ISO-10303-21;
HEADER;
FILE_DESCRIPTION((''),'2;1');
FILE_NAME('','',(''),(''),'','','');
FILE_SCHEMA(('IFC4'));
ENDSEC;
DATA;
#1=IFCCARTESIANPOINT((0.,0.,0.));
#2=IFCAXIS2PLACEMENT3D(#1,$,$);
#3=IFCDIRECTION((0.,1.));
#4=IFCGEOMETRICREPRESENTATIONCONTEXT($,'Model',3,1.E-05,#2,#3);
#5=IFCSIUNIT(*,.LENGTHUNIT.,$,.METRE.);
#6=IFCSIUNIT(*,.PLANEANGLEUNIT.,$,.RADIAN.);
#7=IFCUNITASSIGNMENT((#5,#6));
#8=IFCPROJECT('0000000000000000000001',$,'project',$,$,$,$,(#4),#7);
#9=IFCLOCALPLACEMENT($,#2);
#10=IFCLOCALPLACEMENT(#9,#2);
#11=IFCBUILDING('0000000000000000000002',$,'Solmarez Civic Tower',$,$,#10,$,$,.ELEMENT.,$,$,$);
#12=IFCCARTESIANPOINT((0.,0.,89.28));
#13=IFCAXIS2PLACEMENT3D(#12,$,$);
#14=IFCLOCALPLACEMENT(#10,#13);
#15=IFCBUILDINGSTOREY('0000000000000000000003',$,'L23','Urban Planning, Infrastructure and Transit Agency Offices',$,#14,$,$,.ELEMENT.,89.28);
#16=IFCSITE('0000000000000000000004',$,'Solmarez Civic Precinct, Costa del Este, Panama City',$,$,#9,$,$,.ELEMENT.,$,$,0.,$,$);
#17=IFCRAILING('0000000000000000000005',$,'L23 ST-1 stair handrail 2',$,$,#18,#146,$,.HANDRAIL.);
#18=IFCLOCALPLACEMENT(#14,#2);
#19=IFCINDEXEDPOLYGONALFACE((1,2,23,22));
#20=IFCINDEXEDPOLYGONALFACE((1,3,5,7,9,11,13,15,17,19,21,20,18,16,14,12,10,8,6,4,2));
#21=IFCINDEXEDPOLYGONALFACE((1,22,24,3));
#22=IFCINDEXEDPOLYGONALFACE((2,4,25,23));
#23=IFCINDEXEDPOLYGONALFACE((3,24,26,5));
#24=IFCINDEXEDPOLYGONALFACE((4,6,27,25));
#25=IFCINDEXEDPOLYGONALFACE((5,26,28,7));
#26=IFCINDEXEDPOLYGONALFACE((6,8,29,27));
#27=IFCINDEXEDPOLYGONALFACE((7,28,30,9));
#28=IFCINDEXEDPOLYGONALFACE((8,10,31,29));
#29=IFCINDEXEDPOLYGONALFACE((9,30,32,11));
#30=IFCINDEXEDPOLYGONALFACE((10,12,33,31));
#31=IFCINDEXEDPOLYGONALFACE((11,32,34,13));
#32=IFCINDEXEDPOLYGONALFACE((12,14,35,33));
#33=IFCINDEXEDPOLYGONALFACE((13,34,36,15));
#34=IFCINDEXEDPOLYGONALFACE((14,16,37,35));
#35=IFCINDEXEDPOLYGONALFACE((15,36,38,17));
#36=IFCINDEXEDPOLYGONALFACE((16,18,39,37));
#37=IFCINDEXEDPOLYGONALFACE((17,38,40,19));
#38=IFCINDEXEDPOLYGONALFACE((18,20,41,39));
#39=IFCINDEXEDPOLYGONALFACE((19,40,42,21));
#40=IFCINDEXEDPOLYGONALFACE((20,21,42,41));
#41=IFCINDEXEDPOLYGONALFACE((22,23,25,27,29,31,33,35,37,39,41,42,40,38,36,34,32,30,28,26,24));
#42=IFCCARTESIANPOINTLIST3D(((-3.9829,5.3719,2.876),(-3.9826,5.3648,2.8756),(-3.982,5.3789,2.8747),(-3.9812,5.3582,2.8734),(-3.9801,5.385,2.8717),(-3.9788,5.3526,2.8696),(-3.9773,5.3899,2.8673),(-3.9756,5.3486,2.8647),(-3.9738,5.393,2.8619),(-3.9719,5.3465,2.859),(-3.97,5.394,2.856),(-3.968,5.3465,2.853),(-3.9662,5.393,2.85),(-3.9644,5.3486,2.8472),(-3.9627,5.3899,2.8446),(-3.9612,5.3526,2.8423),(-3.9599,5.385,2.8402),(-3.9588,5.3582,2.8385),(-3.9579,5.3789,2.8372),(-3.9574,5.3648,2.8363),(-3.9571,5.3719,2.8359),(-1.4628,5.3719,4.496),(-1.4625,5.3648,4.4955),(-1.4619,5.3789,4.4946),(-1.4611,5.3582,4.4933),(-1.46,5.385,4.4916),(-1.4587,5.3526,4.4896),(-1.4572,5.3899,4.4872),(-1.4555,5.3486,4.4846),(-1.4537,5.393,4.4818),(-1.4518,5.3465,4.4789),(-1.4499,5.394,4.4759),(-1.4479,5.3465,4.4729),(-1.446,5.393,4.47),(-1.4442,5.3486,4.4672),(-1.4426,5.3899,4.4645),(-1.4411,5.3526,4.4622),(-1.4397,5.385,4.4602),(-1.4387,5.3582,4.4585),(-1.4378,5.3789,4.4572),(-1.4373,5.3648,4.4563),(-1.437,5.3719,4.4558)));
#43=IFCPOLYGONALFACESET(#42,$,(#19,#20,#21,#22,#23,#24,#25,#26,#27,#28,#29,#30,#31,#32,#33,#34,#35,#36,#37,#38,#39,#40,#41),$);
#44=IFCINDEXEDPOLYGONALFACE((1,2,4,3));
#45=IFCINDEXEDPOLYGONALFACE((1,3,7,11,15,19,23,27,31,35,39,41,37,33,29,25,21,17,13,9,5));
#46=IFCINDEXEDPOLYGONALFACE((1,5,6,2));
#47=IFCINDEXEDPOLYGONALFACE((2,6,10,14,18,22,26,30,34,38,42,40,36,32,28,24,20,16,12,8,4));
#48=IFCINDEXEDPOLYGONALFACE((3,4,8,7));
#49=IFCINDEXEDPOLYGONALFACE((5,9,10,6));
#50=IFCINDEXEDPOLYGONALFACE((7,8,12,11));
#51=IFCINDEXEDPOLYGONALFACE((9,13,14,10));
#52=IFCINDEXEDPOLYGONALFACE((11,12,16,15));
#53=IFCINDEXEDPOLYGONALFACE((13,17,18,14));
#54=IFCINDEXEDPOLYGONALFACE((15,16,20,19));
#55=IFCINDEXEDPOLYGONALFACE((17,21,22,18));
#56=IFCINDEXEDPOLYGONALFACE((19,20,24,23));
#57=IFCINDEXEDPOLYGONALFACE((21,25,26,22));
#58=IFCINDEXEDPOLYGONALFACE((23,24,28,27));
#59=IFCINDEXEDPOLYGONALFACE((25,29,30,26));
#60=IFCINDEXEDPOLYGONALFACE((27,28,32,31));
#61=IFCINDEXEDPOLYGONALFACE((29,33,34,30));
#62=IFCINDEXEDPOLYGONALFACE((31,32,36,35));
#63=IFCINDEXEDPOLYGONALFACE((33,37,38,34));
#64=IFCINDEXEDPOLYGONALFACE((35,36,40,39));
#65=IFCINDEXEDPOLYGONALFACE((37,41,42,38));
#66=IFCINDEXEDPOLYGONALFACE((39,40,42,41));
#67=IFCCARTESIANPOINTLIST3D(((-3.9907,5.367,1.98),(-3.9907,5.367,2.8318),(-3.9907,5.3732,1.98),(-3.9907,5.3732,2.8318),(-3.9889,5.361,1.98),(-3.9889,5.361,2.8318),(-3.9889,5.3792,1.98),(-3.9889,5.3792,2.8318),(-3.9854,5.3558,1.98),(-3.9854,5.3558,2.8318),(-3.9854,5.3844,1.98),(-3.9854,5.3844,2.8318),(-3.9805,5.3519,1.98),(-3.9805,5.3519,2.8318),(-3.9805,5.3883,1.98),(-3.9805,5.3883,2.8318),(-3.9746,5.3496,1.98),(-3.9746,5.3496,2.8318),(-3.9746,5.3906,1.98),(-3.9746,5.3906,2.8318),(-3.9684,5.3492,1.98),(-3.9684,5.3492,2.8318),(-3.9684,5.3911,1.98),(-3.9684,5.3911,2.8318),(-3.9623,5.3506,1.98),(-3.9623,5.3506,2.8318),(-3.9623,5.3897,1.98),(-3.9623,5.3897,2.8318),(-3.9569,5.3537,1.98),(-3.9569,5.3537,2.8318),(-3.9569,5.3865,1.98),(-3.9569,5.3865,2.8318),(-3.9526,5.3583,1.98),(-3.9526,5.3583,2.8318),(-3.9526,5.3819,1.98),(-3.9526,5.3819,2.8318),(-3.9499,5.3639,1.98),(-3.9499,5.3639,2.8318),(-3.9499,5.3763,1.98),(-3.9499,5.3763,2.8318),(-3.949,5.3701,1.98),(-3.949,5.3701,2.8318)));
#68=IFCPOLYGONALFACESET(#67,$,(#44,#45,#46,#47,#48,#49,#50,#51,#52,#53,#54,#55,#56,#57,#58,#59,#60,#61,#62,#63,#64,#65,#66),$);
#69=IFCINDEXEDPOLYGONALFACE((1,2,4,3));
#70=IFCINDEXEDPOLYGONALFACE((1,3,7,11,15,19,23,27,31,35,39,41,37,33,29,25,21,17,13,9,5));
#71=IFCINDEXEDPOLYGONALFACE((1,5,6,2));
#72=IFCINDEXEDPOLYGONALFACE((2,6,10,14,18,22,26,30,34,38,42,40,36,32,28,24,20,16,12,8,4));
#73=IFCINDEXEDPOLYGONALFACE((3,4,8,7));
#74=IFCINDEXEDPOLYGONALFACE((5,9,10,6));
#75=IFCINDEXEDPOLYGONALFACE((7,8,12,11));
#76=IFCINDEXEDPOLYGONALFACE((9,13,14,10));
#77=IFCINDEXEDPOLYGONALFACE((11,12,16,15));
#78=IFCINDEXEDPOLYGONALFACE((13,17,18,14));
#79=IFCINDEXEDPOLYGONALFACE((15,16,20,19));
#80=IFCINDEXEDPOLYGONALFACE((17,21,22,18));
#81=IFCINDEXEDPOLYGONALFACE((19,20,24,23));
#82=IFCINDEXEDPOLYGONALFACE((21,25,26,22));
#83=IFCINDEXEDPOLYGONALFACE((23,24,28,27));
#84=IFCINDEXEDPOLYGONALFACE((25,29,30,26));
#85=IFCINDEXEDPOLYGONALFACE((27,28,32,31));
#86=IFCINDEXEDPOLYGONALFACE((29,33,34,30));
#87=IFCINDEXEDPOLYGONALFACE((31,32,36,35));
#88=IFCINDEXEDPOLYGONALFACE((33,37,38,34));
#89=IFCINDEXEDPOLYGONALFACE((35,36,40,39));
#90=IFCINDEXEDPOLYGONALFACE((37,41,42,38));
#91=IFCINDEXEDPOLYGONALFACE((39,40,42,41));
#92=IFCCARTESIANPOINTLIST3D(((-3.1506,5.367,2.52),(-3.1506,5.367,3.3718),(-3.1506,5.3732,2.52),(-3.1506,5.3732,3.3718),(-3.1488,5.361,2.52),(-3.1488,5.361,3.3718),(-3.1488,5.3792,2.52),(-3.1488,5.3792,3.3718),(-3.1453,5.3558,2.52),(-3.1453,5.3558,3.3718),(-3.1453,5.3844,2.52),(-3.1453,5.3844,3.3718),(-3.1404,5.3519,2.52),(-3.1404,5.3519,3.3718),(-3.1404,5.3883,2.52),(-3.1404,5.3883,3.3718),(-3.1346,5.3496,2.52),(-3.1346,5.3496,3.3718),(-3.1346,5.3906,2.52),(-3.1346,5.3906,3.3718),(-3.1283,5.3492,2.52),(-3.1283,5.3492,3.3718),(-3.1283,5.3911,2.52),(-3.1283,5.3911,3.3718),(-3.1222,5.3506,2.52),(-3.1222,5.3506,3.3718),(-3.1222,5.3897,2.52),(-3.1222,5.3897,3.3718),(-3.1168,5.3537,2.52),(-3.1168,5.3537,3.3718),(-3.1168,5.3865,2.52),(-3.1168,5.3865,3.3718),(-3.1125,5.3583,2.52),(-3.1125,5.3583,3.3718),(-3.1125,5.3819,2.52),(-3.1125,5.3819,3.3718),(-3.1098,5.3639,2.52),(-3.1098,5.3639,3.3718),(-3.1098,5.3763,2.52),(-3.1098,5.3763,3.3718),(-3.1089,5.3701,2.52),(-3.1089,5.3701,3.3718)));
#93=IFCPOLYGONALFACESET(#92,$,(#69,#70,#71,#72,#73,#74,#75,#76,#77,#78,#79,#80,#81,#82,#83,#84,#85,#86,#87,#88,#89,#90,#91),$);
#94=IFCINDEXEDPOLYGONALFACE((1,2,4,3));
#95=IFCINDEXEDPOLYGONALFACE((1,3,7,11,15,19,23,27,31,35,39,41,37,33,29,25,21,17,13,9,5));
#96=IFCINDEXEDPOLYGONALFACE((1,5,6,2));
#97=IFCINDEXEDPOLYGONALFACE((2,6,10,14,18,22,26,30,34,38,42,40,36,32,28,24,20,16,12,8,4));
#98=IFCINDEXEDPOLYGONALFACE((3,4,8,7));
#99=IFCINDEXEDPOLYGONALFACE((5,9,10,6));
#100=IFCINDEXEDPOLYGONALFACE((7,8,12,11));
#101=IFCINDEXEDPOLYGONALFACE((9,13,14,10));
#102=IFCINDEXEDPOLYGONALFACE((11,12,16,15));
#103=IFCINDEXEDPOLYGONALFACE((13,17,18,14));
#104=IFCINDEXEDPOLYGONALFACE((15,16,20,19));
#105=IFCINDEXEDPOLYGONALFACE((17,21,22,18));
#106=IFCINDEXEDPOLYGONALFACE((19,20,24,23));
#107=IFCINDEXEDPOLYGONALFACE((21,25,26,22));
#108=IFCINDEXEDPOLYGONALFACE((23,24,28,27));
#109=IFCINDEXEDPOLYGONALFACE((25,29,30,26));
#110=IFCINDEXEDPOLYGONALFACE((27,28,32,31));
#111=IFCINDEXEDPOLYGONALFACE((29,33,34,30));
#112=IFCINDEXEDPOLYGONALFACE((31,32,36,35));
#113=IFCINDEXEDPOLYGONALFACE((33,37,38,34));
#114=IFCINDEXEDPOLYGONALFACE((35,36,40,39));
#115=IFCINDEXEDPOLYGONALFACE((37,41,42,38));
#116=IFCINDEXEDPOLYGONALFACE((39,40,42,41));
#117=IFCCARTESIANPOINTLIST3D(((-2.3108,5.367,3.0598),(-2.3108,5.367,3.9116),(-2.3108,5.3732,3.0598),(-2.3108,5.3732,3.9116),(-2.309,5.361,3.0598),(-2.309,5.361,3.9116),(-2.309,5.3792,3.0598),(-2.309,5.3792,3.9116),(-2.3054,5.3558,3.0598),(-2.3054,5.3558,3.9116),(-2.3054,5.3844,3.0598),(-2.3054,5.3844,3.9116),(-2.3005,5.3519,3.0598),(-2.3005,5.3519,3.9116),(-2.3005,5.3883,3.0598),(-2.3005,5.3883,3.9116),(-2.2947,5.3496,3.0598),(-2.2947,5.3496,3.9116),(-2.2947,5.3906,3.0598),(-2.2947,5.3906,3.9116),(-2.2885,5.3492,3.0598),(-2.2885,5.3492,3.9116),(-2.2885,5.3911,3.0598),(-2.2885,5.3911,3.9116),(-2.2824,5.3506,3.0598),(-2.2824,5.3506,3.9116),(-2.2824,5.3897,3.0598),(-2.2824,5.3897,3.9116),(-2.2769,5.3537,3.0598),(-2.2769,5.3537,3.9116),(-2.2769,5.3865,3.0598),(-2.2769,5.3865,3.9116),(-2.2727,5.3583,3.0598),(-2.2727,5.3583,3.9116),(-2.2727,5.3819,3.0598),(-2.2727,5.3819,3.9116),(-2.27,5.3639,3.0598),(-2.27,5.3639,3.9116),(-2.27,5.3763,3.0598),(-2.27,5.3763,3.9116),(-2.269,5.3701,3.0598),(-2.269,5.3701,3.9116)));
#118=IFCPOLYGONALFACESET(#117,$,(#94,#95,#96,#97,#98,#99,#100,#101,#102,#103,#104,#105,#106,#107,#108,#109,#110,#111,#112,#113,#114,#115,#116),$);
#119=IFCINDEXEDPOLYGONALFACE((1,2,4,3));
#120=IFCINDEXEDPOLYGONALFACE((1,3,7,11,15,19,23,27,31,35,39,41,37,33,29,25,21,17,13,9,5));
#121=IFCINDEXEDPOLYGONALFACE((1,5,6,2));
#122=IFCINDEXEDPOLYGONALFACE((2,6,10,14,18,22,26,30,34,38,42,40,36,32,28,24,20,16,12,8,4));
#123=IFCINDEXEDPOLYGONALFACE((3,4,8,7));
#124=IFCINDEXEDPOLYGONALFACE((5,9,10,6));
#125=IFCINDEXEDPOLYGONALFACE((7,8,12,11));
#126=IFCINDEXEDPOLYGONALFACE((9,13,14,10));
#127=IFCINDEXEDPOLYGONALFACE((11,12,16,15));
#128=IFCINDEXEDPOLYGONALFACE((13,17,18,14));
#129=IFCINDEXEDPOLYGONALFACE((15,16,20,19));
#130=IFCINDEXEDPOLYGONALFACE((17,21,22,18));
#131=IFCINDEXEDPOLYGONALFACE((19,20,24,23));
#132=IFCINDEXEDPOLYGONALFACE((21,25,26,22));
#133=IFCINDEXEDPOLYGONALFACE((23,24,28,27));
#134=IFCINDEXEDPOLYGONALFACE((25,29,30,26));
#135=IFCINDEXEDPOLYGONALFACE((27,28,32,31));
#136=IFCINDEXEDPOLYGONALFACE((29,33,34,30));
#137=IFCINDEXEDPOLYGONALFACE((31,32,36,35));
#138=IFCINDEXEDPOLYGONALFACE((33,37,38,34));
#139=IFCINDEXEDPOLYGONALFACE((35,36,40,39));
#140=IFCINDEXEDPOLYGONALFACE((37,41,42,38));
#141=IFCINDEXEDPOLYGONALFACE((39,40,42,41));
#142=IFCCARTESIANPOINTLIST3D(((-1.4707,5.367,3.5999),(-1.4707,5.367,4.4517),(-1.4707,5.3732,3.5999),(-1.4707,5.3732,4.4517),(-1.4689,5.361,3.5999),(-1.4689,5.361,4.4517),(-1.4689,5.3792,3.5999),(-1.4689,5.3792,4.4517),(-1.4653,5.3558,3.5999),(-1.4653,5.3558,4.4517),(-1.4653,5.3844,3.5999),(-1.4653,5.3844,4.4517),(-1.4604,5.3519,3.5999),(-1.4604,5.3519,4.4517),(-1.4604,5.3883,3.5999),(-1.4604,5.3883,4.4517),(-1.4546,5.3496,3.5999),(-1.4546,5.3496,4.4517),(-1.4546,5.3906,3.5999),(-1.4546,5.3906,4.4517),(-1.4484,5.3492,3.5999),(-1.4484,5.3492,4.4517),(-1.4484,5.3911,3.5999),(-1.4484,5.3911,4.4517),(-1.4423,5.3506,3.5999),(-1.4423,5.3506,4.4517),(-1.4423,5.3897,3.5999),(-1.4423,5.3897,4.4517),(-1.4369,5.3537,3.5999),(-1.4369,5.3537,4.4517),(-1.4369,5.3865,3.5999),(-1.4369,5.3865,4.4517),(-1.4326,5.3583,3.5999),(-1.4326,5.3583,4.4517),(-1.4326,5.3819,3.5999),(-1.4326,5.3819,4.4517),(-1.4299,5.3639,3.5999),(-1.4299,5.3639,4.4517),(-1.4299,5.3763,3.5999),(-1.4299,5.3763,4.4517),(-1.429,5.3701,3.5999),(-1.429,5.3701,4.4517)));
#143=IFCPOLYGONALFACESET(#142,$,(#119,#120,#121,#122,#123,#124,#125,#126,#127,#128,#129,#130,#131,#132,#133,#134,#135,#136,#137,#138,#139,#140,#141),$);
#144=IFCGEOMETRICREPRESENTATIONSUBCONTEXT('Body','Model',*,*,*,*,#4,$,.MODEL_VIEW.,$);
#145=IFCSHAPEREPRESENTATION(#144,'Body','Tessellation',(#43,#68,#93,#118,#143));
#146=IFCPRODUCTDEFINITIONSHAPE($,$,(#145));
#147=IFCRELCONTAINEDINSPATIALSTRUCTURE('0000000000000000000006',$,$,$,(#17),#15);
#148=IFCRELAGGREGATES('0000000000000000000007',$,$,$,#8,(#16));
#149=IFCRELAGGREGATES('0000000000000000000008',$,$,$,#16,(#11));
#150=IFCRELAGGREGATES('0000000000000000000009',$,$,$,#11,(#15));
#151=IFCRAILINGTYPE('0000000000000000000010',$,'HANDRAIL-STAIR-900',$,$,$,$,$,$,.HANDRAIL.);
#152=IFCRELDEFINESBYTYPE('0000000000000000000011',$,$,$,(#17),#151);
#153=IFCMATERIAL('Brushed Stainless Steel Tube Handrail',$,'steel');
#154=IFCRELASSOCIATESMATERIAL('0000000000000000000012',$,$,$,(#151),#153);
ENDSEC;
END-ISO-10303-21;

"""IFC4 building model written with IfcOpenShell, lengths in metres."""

from ifc_helpers import new_model, si_unit, direction, frame, origin, origin_2d, place, context, subcontext, project, spatial, circle, extrude, material, type_object, element, save


model = new_model("IFC4")

# Units and contexts
model_context = context("Model", 3, precision=1e-05, world=origin(), true_north=direction((0.0, 1.0)))
body_context = subcontext(model_context, "Body", "Model", "MODEL_VIEW")
ifc_project = project(units=[si_unit("LENGTHUNIT", "METRE"), si_unit("PLANEANGLEUNIT", "RADIAN")], contexts=[model_context])

# Site, building, storey
site_placement = place(None, origin())
site = spatial("IfcSite", under=ifc_project, at=site_placement, Name="Solmarez Civic Precinct, Costa del Este, Panama City", CompositionType="ELEMENT", RefElevation=0.0)
building_placement = place(site_placement, origin())
building = spatial("IfcBuilding", under=site, at=building_placement, Name="Solmarez Civic Tower", CompositionType="ELEMENT")
storey_placement = place(building_placement, frame((0.0, 0.0, 89.28)))
storey = spatial("IfcBuildingStorey", under=building, at=storey_placement, Name="L23", Description="Urban Planning, Infrastructure and Transit Agency Offices", CompositionType="ELEMENT", Elevation=89.28)

# Railing
ifc_material_1 = material(Name="Brushed Stainless Steel Tube Handrail", Category="steel")
railing_type_1 = type_object("IfcRailingType", Name="HANDRAIL-STAIR-900", PredefinedType="HANDRAIL", material=ifc_material_1)
railing_1_placement = place(storey_placement, frame((-3.97, 5.3701, 1.98)))
element("IfcRailing", 1, at=railing_1_placement, inside=storey, type_object=railing_type_1, Name="L23 ST-1 stair handrail 2", PredefinedType="HANDRAIL", context=body_context, shape_type="SweptSolid", body=[
    extrude(circle(Radius=0.0239, at=origin_2d()), frame((0.0, 0.0, 0.876), z_axis=(0.8412, 0.0, 0.540725), x_axis=(0.0, 1.0, 0.0)), (0.0, 0.0, 1.0), 2.9958),
    extrude(circle(Radius=0.021, at=origin_2d()), origin(), (0.0, 0.0, 1.0), 0.8518),
    extrude(circle(Radius=0.021, at=origin_2d()), frame((0.8401, 0.0, 0.54)), (0.0, 0.0, 1.0), 0.8518),
    extrude(circle(Radius=0.021, at=origin_2d()), frame((1.6799, 0.0, 1.0798)), (0.0, 0.0, 1.0), 0.8518),
    extrude(circle(Radius=0.021, at=origin_2d()), frame((2.52, 0.0, 1.6199)), (0.0, 0.0, 1.0), 0.8518),
])

save(model, "model.ifc")
